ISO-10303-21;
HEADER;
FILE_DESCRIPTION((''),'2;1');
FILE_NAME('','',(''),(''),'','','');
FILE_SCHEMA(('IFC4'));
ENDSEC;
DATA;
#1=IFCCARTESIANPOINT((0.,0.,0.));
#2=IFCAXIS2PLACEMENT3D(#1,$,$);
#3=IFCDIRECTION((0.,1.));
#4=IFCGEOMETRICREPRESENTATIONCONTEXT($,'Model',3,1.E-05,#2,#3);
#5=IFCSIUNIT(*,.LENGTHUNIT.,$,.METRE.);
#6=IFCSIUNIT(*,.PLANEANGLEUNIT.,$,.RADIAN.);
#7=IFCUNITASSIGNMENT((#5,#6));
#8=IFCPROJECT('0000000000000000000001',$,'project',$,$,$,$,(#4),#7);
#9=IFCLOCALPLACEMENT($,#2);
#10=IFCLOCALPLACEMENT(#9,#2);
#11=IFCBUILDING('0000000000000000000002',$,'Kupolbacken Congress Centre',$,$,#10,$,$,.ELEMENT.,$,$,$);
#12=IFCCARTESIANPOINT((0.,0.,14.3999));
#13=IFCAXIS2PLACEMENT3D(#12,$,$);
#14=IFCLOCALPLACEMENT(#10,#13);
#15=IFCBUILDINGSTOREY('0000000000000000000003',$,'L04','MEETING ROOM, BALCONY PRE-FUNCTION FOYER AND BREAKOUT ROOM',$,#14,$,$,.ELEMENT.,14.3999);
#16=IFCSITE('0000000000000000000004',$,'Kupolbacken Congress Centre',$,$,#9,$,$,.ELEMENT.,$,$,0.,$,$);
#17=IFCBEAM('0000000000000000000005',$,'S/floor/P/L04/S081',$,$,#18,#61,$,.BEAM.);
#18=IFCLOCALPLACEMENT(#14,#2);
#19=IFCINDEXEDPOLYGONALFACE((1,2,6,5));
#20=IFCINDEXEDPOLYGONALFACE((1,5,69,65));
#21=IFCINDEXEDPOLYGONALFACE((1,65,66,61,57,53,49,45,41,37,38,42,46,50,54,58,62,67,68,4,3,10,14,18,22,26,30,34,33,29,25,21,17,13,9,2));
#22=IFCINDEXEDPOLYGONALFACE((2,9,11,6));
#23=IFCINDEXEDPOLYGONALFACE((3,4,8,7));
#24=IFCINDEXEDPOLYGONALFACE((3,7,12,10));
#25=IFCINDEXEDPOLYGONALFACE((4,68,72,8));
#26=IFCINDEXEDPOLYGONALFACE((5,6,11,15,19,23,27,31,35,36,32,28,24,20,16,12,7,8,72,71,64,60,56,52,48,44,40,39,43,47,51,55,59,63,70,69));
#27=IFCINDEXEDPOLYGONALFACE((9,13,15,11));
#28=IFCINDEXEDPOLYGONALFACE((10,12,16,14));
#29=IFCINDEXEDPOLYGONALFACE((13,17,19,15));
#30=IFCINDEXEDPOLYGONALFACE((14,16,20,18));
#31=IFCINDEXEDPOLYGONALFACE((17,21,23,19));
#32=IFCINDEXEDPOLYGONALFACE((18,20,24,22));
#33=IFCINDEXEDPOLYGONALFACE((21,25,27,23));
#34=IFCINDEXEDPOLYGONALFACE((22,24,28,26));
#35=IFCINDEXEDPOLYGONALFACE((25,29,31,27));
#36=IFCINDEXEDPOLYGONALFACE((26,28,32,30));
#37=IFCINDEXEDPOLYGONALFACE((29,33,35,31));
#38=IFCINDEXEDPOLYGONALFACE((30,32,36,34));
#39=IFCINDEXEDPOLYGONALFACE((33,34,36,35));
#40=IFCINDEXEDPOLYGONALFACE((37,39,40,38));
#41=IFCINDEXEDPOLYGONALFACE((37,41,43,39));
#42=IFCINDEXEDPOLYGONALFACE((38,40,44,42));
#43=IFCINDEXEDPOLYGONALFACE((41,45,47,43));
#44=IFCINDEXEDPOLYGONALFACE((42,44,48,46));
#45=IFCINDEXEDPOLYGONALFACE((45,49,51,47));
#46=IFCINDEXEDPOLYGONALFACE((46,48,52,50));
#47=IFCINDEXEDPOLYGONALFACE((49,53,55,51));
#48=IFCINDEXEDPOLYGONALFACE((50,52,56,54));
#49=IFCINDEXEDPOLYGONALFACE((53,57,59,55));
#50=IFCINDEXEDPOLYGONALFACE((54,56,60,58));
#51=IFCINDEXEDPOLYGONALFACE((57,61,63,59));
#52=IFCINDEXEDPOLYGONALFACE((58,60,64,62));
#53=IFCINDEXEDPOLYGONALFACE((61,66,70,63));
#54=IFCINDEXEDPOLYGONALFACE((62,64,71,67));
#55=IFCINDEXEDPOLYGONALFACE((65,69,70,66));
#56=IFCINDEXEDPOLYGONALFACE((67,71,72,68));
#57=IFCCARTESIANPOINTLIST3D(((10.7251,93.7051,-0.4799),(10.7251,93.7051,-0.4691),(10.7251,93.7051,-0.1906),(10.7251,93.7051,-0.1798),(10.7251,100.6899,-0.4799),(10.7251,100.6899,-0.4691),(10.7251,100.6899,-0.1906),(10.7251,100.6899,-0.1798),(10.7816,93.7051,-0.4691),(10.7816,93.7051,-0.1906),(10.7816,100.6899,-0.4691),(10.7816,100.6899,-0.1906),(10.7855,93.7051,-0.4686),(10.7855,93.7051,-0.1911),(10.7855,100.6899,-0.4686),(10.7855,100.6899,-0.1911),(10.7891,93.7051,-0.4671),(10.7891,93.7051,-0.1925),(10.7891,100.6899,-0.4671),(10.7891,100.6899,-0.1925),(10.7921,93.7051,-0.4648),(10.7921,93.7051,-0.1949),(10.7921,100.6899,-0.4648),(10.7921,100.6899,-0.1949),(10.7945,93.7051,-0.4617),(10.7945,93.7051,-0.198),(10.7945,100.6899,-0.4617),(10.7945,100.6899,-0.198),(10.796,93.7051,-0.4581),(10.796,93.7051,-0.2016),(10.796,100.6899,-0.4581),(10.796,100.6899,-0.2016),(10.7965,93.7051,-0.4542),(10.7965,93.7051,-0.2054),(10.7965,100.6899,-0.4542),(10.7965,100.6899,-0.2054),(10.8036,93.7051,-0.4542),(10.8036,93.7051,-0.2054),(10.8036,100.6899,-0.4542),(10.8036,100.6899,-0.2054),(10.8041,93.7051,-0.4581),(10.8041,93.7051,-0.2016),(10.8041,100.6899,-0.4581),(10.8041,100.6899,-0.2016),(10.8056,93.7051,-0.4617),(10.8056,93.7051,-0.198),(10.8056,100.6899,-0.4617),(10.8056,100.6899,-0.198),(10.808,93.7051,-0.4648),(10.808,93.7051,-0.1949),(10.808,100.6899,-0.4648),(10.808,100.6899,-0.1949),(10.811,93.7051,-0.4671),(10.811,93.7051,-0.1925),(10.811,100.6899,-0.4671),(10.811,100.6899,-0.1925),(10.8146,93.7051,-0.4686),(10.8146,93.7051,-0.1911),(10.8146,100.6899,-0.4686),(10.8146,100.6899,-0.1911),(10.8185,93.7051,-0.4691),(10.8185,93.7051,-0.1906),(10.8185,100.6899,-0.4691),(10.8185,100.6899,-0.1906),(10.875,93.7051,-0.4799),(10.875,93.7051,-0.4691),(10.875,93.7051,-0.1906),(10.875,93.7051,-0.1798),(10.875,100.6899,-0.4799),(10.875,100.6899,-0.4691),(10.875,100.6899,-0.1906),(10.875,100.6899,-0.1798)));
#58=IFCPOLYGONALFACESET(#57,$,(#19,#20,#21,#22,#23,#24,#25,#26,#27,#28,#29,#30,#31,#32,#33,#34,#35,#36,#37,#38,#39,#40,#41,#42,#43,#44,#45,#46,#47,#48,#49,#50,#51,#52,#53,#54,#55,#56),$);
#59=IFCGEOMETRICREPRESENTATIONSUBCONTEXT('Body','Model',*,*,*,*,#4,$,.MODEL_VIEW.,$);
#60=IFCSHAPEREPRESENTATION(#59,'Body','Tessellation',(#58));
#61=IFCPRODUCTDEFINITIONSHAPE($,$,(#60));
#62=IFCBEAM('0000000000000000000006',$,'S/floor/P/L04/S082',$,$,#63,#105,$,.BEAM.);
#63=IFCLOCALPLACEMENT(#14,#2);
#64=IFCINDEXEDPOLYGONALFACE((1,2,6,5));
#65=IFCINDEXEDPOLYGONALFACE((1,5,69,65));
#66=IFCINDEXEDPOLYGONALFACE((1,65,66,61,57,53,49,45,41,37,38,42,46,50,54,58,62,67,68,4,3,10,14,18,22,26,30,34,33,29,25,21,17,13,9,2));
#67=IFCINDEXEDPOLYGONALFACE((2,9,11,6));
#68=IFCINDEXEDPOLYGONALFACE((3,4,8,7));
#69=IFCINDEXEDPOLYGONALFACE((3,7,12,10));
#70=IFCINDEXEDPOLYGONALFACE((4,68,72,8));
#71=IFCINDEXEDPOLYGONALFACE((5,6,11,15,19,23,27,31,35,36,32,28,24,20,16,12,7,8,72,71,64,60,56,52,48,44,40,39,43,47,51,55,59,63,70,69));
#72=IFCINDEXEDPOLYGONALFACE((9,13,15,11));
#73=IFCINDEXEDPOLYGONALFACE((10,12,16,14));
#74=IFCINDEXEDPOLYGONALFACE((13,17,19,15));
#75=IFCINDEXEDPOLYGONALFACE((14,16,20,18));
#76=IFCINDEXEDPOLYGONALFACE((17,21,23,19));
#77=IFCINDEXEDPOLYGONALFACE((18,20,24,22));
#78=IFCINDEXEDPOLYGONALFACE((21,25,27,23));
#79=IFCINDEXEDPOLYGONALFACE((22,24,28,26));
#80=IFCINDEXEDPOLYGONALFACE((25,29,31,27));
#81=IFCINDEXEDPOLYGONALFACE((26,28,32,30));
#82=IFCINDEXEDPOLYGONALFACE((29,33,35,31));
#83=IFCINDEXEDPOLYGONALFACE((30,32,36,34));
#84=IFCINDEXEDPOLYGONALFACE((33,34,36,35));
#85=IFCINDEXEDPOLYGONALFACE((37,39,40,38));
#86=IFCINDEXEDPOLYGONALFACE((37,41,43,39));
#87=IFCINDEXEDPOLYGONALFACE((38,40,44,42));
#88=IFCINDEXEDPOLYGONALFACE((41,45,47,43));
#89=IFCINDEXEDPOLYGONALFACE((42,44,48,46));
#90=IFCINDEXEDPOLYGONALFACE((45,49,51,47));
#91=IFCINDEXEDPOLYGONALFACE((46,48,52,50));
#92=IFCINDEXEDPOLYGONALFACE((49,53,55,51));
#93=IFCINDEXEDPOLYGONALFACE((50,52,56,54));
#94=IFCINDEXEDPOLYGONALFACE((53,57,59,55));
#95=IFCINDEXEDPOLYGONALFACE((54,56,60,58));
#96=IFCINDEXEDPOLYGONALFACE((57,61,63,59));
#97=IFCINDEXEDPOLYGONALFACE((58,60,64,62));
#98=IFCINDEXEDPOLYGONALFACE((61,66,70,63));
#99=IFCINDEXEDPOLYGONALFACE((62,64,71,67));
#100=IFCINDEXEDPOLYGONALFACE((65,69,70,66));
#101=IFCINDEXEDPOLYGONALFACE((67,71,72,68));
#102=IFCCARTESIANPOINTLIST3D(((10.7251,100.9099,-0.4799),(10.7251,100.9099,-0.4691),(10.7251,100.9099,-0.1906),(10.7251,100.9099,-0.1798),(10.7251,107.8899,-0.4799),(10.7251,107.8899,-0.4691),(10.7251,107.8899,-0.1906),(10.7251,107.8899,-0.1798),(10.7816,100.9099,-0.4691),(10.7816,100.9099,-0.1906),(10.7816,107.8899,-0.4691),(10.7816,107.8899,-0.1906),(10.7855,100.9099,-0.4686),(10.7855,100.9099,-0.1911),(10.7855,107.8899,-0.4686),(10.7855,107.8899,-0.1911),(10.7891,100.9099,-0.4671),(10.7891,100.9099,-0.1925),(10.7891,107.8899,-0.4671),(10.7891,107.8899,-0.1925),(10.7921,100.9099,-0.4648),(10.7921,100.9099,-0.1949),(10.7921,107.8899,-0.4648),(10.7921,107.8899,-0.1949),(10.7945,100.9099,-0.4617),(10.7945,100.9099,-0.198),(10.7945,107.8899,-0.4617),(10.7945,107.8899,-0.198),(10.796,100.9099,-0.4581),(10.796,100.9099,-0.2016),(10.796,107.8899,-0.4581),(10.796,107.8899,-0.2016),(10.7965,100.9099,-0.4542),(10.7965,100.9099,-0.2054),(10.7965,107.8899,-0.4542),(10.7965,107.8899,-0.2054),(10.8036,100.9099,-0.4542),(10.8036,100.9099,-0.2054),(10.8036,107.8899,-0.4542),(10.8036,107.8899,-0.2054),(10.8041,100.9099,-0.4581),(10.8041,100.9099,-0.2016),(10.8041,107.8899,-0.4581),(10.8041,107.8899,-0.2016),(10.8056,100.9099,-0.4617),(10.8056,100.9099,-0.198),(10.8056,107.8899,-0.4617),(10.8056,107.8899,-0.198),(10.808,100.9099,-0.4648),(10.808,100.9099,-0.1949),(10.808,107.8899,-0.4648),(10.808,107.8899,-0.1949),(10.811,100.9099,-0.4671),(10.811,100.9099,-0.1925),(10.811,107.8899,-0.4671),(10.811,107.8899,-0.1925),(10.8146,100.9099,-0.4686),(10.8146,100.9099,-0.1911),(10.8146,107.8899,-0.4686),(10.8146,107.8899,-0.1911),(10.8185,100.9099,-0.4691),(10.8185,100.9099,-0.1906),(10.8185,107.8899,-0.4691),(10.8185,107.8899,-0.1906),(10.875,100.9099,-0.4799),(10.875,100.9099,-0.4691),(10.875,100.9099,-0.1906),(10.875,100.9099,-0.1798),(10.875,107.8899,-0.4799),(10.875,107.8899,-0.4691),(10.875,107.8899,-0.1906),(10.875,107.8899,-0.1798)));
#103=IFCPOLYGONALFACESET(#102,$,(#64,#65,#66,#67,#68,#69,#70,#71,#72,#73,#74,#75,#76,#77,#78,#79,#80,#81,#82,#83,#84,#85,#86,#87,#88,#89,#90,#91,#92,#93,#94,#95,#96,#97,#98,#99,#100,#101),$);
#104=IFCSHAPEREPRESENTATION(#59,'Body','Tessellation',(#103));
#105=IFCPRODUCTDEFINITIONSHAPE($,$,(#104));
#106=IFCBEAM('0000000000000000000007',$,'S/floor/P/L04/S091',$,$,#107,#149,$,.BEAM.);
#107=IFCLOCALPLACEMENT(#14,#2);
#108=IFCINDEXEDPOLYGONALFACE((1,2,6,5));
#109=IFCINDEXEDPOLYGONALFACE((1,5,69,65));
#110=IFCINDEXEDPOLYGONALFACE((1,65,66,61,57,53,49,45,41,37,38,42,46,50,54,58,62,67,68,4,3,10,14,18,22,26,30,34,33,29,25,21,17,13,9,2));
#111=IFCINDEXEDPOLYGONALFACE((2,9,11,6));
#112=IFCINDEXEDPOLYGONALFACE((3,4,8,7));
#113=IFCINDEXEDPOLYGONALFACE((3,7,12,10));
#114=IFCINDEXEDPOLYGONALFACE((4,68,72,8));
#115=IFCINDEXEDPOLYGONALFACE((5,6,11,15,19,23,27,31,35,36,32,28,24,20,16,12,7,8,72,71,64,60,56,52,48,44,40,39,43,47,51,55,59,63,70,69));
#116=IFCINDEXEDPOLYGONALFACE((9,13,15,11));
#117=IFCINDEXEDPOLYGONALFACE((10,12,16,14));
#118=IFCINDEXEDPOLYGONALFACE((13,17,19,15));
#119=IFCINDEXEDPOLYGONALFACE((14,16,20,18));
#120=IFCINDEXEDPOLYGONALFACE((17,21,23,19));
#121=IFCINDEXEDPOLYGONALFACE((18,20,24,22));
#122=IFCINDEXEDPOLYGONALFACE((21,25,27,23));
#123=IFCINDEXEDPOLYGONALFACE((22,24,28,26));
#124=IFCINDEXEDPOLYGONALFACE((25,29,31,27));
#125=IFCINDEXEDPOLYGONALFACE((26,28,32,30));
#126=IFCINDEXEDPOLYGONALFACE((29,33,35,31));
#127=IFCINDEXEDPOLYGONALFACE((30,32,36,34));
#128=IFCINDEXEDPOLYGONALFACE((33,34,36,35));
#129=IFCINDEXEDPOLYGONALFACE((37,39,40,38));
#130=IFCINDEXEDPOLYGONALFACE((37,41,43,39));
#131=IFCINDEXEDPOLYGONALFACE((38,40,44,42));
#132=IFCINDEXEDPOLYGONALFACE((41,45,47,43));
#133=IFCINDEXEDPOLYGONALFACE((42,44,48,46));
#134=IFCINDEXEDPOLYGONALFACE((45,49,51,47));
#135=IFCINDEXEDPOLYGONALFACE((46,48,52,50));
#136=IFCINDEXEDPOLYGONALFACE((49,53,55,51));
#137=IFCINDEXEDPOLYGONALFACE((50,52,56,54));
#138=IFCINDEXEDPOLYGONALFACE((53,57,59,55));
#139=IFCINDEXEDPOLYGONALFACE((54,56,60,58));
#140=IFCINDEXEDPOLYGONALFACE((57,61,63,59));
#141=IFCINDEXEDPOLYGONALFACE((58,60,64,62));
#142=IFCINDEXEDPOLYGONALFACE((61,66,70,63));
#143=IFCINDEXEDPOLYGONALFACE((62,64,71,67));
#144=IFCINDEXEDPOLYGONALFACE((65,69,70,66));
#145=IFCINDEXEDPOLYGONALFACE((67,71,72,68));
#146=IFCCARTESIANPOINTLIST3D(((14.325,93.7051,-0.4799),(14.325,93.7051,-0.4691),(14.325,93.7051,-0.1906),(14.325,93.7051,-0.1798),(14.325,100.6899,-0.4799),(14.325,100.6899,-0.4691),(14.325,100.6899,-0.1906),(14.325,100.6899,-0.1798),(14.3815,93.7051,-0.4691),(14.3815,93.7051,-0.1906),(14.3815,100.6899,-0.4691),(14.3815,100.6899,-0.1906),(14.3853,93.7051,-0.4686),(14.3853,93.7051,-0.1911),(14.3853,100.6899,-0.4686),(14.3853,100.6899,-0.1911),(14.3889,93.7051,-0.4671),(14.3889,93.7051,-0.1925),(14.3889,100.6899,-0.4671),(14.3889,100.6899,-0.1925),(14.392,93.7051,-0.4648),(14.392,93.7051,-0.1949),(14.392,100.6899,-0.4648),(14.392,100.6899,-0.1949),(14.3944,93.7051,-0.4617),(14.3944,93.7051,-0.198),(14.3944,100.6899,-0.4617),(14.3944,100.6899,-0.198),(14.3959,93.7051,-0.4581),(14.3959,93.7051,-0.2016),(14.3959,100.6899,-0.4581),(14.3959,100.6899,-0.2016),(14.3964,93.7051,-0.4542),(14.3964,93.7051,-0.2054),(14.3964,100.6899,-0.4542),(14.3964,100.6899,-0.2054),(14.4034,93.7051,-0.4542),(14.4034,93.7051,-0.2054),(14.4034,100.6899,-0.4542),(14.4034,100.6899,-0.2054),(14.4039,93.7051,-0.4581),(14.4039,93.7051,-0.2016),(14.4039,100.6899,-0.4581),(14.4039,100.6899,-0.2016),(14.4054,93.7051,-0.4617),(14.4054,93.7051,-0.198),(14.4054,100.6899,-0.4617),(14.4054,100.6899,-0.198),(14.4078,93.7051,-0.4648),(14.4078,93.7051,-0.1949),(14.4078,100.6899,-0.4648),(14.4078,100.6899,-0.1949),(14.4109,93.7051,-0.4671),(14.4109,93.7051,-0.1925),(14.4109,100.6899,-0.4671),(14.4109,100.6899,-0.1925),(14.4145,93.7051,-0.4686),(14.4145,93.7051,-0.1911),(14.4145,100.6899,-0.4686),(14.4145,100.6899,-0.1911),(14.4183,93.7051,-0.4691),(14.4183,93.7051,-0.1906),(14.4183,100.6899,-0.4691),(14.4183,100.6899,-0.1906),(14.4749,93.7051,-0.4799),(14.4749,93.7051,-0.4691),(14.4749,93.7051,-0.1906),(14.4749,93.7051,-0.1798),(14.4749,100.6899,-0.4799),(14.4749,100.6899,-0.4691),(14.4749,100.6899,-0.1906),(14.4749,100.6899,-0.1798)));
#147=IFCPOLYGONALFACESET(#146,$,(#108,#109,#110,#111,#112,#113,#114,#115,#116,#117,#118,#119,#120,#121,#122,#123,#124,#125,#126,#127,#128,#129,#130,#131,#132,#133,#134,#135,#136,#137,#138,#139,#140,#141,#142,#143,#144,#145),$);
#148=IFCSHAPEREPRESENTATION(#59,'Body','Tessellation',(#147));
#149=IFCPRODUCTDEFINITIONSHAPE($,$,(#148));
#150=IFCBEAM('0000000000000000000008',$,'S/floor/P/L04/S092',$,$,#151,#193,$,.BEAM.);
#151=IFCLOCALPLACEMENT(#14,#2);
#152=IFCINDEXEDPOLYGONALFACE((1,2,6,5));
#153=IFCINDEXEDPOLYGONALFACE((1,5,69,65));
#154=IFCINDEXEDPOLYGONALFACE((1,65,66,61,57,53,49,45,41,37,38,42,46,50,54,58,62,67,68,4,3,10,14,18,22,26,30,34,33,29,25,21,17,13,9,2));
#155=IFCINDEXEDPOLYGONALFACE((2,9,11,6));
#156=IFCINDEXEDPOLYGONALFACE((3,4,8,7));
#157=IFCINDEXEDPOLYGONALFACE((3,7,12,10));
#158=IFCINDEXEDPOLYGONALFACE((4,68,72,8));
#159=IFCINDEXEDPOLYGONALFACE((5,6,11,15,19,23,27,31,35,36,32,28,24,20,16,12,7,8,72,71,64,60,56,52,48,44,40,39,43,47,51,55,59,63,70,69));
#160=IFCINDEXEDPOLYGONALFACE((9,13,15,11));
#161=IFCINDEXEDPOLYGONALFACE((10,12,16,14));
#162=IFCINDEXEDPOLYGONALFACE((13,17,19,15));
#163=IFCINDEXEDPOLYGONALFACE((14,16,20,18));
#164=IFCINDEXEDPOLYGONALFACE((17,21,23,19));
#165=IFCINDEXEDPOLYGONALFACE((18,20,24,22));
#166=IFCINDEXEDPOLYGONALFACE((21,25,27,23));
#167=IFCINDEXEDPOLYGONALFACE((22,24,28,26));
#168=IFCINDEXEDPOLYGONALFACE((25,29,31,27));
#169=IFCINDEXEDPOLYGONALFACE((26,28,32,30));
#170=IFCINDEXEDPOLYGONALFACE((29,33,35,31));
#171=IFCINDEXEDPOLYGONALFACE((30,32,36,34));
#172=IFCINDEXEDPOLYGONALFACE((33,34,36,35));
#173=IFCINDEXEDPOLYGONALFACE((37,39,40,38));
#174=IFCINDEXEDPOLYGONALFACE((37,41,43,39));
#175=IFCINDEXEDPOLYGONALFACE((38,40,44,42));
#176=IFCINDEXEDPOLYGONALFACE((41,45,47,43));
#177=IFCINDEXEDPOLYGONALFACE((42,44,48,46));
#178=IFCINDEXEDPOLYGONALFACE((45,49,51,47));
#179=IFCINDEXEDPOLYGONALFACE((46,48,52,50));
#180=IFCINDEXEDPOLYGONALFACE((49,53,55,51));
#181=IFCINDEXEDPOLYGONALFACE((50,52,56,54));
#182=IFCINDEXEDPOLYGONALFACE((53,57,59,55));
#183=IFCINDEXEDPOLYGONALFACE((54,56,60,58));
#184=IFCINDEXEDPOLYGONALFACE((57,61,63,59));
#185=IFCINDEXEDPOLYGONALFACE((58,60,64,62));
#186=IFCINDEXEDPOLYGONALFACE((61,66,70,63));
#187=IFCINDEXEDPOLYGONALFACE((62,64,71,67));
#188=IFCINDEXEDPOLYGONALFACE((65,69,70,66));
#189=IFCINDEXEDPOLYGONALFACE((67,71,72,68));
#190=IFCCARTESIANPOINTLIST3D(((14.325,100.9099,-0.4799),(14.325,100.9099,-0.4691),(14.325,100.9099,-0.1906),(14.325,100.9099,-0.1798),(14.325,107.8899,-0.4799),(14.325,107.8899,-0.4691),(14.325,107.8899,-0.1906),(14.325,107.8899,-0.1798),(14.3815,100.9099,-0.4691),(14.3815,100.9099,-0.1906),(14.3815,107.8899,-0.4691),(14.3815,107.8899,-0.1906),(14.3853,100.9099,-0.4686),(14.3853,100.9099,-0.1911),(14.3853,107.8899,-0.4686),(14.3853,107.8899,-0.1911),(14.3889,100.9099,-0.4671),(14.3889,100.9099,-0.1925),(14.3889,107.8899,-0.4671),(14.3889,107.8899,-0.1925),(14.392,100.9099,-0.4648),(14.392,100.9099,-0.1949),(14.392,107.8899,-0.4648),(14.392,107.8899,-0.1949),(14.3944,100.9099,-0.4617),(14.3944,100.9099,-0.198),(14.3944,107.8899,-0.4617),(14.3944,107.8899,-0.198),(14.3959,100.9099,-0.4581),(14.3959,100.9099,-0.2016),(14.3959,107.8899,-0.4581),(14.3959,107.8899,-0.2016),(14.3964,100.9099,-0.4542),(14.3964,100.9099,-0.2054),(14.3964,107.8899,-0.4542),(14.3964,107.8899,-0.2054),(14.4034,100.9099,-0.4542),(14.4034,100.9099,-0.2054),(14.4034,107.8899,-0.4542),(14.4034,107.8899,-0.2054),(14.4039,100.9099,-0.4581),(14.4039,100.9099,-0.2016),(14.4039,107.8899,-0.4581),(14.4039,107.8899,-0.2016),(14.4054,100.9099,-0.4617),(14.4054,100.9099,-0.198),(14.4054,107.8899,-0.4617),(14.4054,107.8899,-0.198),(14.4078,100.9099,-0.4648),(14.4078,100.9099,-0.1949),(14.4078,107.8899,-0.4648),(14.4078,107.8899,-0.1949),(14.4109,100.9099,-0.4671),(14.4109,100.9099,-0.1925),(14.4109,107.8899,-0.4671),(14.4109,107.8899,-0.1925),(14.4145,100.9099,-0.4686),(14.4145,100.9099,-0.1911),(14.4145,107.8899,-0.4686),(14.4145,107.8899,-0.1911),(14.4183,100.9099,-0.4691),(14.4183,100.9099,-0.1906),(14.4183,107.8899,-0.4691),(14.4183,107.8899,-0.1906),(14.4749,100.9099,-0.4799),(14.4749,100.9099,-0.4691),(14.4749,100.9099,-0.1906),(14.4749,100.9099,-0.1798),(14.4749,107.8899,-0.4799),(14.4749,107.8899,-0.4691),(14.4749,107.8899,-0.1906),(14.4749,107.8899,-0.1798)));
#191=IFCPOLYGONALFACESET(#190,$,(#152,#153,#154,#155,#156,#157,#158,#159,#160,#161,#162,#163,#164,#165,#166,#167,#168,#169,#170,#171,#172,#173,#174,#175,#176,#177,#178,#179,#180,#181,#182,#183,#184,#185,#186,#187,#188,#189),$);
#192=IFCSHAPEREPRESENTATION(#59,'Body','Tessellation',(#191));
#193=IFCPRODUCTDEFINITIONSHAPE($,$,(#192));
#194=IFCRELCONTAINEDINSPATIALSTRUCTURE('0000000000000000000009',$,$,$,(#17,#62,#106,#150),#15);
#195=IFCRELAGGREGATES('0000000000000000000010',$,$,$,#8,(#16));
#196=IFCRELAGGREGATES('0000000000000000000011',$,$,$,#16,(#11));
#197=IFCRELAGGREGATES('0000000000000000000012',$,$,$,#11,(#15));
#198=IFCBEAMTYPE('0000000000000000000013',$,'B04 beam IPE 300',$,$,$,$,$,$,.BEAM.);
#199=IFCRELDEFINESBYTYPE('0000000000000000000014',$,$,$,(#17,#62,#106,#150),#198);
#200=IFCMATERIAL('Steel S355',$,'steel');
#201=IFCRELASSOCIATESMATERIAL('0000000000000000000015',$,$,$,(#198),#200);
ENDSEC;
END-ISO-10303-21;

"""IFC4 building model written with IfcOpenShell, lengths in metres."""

from ifc_helpers import new_model, si_unit, direction, frame, origin, origin_2d, place, context, subcontext, project, spatial, i_section, extrude, material, material_profile, profile_set, type_object, element, save


model = new_model("IFC4")

# Units and contexts
model_context = context("Model", 3, precision=1e-05, world=origin(), true_north=direction((0.0, 1.0)))
body_context = subcontext(model_context, "Body", "Model", "MODEL_VIEW")
ifc_project = project(units=[si_unit("LENGTHUNIT", "METRE"), si_unit("PLANEANGLEUNIT", "RADIAN")], contexts=[model_context])

# Site, building, storey
site_placement = place(None, origin())
site = spatial("IfcSite", under=ifc_project, at=site_placement, Name="Kupolbacken Congress Centre", CompositionType="ELEMENT", RefElevation=0.0)
building_placement = place(site_placement, origin())
building = spatial("IfcBuilding", under=site, at=building_placement, Name="Kupolbacken Congress Centre", CompositionType="ELEMENT")
storey_placement = place(building_placement, frame((0.0, 0.0, 14.3999)))
storey = spatial("IfcBuildingStorey", under=building, at=storey_placement, Name="L04", Description="MEETING ROOM, BALCONY PRE-FUNCTION FOYER AND BREAKOUT ROOM", CompositionType="ELEMENT", Elevation=14.3999)

# Beams
ifc_material_1 = material(Name="Steel S355", Category="steel")
ifc_material_profile_1 = material_profile(ifc_material_1, i_section(OverallWidth=0.1499, OverallDepth=0.3, WebThickness=0.0071, FlangeThickness=0.0107, FilletRadius=0.0149, at=origin_2d()), Name="IPE 300")
ifc_profile_set_1 = profile_set([ifc_material_profile_1], Name="Steel S355")
beam_type_1 = type_object("IfcBeamType", Name="B04 beam IPE 300", PredefinedType="BEAM", material=ifc_profile_set_1)
beam_1_placement = place(storey_placement, frame((10.8, 93.7051, -0.3298), z_axis=(0.0, 1.0, 0.0), x_axis=(-1.0, 0.0, 0.0)))
element("IfcBeam", 1, at=beam_1_placement, inside=storey, type_object=beam_type_1, Name="S/floor/P/L04/S081", PredefinedType="BEAM", context=body_context, shape_type="SweptSolid", body=[
    extrude(i_section(OverallWidth=0.1499, OverallDepth=0.3, WebThickness=0.0071, FlangeThickness=0.0107, FilletRadius=0.0149, at=origin_2d()), origin(), (0.0, 0.0, 1.0), 6.9849),
])
beam_2_placement = place(storey_placement, frame((10.8, 100.9099, -0.3298), z_axis=(0.0, 1.0, 0.0), x_axis=(-1.0, 0.0, 0.0)))
element("IfcBeam", 2, at=beam_2_placement, inside=storey, type_object=beam_type_1, Name="S/floor/P/L04/S082", PredefinedType="BEAM", context=body_context, shape_type="SweptSolid", body=[
    extrude(i_section(OverallWidth=0.1499, OverallDepth=0.3, WebThickness=0.0071, FlangeThickness=0.0107, FilletRadius=0.0149, at=origin_2d()), origin(), (0.0, 0.0, 1.0), 6.98),
])
beam_3_placement = place(storey_placement, frame((14.3999, 93.7051, -0.3298), z_axis=(0.0, 1.0, 0.0), x_axis=(-1.0, 0.0, 0.0)))
element("IfcBeam", 3, at=beam_3_placement, inside=storey, type_object=beam_type_1, Name="S/floor/P/L04/S091", PredefinedType="BEAM", context=body_context, shape_type="SweptSolid", body=[
    extrude(i_section(OverallWidth=0.1499, OverallDepth=0.3, WebThickness=0.0071, FlangeThickness=0.0107, FilletRadius=0.0149, at=origin_2d()), origin(), (0.0, 0.0, 1.0), 6.9849),
])
beam_4_placement = place(storey_placement, frame((14.3999, 100.9099, -0.3298), z_axis=(0.0, 1.0, 0.0), x_axis=(-1.0, 0.0, 0.0)))
element("IfcBeam", 4, at=beam_4_placement, inside=storey, type_object=beam_type_1, Name="S/floor/P/L04/S092", PredefinedType="BEAM", context=body_context, shape_type="SweptSolid", body=[
    extrude(i_section(OverallWidth=0.1499, OverallDepth=0.3, WebThickness=0.0071, FlangeThickness=0.0107, FilletRadius=0.0149, at=origin_2d()), origin(), (0.0, 0.0, 1.0), 6.98),
])

save(model, "model.ifc")
